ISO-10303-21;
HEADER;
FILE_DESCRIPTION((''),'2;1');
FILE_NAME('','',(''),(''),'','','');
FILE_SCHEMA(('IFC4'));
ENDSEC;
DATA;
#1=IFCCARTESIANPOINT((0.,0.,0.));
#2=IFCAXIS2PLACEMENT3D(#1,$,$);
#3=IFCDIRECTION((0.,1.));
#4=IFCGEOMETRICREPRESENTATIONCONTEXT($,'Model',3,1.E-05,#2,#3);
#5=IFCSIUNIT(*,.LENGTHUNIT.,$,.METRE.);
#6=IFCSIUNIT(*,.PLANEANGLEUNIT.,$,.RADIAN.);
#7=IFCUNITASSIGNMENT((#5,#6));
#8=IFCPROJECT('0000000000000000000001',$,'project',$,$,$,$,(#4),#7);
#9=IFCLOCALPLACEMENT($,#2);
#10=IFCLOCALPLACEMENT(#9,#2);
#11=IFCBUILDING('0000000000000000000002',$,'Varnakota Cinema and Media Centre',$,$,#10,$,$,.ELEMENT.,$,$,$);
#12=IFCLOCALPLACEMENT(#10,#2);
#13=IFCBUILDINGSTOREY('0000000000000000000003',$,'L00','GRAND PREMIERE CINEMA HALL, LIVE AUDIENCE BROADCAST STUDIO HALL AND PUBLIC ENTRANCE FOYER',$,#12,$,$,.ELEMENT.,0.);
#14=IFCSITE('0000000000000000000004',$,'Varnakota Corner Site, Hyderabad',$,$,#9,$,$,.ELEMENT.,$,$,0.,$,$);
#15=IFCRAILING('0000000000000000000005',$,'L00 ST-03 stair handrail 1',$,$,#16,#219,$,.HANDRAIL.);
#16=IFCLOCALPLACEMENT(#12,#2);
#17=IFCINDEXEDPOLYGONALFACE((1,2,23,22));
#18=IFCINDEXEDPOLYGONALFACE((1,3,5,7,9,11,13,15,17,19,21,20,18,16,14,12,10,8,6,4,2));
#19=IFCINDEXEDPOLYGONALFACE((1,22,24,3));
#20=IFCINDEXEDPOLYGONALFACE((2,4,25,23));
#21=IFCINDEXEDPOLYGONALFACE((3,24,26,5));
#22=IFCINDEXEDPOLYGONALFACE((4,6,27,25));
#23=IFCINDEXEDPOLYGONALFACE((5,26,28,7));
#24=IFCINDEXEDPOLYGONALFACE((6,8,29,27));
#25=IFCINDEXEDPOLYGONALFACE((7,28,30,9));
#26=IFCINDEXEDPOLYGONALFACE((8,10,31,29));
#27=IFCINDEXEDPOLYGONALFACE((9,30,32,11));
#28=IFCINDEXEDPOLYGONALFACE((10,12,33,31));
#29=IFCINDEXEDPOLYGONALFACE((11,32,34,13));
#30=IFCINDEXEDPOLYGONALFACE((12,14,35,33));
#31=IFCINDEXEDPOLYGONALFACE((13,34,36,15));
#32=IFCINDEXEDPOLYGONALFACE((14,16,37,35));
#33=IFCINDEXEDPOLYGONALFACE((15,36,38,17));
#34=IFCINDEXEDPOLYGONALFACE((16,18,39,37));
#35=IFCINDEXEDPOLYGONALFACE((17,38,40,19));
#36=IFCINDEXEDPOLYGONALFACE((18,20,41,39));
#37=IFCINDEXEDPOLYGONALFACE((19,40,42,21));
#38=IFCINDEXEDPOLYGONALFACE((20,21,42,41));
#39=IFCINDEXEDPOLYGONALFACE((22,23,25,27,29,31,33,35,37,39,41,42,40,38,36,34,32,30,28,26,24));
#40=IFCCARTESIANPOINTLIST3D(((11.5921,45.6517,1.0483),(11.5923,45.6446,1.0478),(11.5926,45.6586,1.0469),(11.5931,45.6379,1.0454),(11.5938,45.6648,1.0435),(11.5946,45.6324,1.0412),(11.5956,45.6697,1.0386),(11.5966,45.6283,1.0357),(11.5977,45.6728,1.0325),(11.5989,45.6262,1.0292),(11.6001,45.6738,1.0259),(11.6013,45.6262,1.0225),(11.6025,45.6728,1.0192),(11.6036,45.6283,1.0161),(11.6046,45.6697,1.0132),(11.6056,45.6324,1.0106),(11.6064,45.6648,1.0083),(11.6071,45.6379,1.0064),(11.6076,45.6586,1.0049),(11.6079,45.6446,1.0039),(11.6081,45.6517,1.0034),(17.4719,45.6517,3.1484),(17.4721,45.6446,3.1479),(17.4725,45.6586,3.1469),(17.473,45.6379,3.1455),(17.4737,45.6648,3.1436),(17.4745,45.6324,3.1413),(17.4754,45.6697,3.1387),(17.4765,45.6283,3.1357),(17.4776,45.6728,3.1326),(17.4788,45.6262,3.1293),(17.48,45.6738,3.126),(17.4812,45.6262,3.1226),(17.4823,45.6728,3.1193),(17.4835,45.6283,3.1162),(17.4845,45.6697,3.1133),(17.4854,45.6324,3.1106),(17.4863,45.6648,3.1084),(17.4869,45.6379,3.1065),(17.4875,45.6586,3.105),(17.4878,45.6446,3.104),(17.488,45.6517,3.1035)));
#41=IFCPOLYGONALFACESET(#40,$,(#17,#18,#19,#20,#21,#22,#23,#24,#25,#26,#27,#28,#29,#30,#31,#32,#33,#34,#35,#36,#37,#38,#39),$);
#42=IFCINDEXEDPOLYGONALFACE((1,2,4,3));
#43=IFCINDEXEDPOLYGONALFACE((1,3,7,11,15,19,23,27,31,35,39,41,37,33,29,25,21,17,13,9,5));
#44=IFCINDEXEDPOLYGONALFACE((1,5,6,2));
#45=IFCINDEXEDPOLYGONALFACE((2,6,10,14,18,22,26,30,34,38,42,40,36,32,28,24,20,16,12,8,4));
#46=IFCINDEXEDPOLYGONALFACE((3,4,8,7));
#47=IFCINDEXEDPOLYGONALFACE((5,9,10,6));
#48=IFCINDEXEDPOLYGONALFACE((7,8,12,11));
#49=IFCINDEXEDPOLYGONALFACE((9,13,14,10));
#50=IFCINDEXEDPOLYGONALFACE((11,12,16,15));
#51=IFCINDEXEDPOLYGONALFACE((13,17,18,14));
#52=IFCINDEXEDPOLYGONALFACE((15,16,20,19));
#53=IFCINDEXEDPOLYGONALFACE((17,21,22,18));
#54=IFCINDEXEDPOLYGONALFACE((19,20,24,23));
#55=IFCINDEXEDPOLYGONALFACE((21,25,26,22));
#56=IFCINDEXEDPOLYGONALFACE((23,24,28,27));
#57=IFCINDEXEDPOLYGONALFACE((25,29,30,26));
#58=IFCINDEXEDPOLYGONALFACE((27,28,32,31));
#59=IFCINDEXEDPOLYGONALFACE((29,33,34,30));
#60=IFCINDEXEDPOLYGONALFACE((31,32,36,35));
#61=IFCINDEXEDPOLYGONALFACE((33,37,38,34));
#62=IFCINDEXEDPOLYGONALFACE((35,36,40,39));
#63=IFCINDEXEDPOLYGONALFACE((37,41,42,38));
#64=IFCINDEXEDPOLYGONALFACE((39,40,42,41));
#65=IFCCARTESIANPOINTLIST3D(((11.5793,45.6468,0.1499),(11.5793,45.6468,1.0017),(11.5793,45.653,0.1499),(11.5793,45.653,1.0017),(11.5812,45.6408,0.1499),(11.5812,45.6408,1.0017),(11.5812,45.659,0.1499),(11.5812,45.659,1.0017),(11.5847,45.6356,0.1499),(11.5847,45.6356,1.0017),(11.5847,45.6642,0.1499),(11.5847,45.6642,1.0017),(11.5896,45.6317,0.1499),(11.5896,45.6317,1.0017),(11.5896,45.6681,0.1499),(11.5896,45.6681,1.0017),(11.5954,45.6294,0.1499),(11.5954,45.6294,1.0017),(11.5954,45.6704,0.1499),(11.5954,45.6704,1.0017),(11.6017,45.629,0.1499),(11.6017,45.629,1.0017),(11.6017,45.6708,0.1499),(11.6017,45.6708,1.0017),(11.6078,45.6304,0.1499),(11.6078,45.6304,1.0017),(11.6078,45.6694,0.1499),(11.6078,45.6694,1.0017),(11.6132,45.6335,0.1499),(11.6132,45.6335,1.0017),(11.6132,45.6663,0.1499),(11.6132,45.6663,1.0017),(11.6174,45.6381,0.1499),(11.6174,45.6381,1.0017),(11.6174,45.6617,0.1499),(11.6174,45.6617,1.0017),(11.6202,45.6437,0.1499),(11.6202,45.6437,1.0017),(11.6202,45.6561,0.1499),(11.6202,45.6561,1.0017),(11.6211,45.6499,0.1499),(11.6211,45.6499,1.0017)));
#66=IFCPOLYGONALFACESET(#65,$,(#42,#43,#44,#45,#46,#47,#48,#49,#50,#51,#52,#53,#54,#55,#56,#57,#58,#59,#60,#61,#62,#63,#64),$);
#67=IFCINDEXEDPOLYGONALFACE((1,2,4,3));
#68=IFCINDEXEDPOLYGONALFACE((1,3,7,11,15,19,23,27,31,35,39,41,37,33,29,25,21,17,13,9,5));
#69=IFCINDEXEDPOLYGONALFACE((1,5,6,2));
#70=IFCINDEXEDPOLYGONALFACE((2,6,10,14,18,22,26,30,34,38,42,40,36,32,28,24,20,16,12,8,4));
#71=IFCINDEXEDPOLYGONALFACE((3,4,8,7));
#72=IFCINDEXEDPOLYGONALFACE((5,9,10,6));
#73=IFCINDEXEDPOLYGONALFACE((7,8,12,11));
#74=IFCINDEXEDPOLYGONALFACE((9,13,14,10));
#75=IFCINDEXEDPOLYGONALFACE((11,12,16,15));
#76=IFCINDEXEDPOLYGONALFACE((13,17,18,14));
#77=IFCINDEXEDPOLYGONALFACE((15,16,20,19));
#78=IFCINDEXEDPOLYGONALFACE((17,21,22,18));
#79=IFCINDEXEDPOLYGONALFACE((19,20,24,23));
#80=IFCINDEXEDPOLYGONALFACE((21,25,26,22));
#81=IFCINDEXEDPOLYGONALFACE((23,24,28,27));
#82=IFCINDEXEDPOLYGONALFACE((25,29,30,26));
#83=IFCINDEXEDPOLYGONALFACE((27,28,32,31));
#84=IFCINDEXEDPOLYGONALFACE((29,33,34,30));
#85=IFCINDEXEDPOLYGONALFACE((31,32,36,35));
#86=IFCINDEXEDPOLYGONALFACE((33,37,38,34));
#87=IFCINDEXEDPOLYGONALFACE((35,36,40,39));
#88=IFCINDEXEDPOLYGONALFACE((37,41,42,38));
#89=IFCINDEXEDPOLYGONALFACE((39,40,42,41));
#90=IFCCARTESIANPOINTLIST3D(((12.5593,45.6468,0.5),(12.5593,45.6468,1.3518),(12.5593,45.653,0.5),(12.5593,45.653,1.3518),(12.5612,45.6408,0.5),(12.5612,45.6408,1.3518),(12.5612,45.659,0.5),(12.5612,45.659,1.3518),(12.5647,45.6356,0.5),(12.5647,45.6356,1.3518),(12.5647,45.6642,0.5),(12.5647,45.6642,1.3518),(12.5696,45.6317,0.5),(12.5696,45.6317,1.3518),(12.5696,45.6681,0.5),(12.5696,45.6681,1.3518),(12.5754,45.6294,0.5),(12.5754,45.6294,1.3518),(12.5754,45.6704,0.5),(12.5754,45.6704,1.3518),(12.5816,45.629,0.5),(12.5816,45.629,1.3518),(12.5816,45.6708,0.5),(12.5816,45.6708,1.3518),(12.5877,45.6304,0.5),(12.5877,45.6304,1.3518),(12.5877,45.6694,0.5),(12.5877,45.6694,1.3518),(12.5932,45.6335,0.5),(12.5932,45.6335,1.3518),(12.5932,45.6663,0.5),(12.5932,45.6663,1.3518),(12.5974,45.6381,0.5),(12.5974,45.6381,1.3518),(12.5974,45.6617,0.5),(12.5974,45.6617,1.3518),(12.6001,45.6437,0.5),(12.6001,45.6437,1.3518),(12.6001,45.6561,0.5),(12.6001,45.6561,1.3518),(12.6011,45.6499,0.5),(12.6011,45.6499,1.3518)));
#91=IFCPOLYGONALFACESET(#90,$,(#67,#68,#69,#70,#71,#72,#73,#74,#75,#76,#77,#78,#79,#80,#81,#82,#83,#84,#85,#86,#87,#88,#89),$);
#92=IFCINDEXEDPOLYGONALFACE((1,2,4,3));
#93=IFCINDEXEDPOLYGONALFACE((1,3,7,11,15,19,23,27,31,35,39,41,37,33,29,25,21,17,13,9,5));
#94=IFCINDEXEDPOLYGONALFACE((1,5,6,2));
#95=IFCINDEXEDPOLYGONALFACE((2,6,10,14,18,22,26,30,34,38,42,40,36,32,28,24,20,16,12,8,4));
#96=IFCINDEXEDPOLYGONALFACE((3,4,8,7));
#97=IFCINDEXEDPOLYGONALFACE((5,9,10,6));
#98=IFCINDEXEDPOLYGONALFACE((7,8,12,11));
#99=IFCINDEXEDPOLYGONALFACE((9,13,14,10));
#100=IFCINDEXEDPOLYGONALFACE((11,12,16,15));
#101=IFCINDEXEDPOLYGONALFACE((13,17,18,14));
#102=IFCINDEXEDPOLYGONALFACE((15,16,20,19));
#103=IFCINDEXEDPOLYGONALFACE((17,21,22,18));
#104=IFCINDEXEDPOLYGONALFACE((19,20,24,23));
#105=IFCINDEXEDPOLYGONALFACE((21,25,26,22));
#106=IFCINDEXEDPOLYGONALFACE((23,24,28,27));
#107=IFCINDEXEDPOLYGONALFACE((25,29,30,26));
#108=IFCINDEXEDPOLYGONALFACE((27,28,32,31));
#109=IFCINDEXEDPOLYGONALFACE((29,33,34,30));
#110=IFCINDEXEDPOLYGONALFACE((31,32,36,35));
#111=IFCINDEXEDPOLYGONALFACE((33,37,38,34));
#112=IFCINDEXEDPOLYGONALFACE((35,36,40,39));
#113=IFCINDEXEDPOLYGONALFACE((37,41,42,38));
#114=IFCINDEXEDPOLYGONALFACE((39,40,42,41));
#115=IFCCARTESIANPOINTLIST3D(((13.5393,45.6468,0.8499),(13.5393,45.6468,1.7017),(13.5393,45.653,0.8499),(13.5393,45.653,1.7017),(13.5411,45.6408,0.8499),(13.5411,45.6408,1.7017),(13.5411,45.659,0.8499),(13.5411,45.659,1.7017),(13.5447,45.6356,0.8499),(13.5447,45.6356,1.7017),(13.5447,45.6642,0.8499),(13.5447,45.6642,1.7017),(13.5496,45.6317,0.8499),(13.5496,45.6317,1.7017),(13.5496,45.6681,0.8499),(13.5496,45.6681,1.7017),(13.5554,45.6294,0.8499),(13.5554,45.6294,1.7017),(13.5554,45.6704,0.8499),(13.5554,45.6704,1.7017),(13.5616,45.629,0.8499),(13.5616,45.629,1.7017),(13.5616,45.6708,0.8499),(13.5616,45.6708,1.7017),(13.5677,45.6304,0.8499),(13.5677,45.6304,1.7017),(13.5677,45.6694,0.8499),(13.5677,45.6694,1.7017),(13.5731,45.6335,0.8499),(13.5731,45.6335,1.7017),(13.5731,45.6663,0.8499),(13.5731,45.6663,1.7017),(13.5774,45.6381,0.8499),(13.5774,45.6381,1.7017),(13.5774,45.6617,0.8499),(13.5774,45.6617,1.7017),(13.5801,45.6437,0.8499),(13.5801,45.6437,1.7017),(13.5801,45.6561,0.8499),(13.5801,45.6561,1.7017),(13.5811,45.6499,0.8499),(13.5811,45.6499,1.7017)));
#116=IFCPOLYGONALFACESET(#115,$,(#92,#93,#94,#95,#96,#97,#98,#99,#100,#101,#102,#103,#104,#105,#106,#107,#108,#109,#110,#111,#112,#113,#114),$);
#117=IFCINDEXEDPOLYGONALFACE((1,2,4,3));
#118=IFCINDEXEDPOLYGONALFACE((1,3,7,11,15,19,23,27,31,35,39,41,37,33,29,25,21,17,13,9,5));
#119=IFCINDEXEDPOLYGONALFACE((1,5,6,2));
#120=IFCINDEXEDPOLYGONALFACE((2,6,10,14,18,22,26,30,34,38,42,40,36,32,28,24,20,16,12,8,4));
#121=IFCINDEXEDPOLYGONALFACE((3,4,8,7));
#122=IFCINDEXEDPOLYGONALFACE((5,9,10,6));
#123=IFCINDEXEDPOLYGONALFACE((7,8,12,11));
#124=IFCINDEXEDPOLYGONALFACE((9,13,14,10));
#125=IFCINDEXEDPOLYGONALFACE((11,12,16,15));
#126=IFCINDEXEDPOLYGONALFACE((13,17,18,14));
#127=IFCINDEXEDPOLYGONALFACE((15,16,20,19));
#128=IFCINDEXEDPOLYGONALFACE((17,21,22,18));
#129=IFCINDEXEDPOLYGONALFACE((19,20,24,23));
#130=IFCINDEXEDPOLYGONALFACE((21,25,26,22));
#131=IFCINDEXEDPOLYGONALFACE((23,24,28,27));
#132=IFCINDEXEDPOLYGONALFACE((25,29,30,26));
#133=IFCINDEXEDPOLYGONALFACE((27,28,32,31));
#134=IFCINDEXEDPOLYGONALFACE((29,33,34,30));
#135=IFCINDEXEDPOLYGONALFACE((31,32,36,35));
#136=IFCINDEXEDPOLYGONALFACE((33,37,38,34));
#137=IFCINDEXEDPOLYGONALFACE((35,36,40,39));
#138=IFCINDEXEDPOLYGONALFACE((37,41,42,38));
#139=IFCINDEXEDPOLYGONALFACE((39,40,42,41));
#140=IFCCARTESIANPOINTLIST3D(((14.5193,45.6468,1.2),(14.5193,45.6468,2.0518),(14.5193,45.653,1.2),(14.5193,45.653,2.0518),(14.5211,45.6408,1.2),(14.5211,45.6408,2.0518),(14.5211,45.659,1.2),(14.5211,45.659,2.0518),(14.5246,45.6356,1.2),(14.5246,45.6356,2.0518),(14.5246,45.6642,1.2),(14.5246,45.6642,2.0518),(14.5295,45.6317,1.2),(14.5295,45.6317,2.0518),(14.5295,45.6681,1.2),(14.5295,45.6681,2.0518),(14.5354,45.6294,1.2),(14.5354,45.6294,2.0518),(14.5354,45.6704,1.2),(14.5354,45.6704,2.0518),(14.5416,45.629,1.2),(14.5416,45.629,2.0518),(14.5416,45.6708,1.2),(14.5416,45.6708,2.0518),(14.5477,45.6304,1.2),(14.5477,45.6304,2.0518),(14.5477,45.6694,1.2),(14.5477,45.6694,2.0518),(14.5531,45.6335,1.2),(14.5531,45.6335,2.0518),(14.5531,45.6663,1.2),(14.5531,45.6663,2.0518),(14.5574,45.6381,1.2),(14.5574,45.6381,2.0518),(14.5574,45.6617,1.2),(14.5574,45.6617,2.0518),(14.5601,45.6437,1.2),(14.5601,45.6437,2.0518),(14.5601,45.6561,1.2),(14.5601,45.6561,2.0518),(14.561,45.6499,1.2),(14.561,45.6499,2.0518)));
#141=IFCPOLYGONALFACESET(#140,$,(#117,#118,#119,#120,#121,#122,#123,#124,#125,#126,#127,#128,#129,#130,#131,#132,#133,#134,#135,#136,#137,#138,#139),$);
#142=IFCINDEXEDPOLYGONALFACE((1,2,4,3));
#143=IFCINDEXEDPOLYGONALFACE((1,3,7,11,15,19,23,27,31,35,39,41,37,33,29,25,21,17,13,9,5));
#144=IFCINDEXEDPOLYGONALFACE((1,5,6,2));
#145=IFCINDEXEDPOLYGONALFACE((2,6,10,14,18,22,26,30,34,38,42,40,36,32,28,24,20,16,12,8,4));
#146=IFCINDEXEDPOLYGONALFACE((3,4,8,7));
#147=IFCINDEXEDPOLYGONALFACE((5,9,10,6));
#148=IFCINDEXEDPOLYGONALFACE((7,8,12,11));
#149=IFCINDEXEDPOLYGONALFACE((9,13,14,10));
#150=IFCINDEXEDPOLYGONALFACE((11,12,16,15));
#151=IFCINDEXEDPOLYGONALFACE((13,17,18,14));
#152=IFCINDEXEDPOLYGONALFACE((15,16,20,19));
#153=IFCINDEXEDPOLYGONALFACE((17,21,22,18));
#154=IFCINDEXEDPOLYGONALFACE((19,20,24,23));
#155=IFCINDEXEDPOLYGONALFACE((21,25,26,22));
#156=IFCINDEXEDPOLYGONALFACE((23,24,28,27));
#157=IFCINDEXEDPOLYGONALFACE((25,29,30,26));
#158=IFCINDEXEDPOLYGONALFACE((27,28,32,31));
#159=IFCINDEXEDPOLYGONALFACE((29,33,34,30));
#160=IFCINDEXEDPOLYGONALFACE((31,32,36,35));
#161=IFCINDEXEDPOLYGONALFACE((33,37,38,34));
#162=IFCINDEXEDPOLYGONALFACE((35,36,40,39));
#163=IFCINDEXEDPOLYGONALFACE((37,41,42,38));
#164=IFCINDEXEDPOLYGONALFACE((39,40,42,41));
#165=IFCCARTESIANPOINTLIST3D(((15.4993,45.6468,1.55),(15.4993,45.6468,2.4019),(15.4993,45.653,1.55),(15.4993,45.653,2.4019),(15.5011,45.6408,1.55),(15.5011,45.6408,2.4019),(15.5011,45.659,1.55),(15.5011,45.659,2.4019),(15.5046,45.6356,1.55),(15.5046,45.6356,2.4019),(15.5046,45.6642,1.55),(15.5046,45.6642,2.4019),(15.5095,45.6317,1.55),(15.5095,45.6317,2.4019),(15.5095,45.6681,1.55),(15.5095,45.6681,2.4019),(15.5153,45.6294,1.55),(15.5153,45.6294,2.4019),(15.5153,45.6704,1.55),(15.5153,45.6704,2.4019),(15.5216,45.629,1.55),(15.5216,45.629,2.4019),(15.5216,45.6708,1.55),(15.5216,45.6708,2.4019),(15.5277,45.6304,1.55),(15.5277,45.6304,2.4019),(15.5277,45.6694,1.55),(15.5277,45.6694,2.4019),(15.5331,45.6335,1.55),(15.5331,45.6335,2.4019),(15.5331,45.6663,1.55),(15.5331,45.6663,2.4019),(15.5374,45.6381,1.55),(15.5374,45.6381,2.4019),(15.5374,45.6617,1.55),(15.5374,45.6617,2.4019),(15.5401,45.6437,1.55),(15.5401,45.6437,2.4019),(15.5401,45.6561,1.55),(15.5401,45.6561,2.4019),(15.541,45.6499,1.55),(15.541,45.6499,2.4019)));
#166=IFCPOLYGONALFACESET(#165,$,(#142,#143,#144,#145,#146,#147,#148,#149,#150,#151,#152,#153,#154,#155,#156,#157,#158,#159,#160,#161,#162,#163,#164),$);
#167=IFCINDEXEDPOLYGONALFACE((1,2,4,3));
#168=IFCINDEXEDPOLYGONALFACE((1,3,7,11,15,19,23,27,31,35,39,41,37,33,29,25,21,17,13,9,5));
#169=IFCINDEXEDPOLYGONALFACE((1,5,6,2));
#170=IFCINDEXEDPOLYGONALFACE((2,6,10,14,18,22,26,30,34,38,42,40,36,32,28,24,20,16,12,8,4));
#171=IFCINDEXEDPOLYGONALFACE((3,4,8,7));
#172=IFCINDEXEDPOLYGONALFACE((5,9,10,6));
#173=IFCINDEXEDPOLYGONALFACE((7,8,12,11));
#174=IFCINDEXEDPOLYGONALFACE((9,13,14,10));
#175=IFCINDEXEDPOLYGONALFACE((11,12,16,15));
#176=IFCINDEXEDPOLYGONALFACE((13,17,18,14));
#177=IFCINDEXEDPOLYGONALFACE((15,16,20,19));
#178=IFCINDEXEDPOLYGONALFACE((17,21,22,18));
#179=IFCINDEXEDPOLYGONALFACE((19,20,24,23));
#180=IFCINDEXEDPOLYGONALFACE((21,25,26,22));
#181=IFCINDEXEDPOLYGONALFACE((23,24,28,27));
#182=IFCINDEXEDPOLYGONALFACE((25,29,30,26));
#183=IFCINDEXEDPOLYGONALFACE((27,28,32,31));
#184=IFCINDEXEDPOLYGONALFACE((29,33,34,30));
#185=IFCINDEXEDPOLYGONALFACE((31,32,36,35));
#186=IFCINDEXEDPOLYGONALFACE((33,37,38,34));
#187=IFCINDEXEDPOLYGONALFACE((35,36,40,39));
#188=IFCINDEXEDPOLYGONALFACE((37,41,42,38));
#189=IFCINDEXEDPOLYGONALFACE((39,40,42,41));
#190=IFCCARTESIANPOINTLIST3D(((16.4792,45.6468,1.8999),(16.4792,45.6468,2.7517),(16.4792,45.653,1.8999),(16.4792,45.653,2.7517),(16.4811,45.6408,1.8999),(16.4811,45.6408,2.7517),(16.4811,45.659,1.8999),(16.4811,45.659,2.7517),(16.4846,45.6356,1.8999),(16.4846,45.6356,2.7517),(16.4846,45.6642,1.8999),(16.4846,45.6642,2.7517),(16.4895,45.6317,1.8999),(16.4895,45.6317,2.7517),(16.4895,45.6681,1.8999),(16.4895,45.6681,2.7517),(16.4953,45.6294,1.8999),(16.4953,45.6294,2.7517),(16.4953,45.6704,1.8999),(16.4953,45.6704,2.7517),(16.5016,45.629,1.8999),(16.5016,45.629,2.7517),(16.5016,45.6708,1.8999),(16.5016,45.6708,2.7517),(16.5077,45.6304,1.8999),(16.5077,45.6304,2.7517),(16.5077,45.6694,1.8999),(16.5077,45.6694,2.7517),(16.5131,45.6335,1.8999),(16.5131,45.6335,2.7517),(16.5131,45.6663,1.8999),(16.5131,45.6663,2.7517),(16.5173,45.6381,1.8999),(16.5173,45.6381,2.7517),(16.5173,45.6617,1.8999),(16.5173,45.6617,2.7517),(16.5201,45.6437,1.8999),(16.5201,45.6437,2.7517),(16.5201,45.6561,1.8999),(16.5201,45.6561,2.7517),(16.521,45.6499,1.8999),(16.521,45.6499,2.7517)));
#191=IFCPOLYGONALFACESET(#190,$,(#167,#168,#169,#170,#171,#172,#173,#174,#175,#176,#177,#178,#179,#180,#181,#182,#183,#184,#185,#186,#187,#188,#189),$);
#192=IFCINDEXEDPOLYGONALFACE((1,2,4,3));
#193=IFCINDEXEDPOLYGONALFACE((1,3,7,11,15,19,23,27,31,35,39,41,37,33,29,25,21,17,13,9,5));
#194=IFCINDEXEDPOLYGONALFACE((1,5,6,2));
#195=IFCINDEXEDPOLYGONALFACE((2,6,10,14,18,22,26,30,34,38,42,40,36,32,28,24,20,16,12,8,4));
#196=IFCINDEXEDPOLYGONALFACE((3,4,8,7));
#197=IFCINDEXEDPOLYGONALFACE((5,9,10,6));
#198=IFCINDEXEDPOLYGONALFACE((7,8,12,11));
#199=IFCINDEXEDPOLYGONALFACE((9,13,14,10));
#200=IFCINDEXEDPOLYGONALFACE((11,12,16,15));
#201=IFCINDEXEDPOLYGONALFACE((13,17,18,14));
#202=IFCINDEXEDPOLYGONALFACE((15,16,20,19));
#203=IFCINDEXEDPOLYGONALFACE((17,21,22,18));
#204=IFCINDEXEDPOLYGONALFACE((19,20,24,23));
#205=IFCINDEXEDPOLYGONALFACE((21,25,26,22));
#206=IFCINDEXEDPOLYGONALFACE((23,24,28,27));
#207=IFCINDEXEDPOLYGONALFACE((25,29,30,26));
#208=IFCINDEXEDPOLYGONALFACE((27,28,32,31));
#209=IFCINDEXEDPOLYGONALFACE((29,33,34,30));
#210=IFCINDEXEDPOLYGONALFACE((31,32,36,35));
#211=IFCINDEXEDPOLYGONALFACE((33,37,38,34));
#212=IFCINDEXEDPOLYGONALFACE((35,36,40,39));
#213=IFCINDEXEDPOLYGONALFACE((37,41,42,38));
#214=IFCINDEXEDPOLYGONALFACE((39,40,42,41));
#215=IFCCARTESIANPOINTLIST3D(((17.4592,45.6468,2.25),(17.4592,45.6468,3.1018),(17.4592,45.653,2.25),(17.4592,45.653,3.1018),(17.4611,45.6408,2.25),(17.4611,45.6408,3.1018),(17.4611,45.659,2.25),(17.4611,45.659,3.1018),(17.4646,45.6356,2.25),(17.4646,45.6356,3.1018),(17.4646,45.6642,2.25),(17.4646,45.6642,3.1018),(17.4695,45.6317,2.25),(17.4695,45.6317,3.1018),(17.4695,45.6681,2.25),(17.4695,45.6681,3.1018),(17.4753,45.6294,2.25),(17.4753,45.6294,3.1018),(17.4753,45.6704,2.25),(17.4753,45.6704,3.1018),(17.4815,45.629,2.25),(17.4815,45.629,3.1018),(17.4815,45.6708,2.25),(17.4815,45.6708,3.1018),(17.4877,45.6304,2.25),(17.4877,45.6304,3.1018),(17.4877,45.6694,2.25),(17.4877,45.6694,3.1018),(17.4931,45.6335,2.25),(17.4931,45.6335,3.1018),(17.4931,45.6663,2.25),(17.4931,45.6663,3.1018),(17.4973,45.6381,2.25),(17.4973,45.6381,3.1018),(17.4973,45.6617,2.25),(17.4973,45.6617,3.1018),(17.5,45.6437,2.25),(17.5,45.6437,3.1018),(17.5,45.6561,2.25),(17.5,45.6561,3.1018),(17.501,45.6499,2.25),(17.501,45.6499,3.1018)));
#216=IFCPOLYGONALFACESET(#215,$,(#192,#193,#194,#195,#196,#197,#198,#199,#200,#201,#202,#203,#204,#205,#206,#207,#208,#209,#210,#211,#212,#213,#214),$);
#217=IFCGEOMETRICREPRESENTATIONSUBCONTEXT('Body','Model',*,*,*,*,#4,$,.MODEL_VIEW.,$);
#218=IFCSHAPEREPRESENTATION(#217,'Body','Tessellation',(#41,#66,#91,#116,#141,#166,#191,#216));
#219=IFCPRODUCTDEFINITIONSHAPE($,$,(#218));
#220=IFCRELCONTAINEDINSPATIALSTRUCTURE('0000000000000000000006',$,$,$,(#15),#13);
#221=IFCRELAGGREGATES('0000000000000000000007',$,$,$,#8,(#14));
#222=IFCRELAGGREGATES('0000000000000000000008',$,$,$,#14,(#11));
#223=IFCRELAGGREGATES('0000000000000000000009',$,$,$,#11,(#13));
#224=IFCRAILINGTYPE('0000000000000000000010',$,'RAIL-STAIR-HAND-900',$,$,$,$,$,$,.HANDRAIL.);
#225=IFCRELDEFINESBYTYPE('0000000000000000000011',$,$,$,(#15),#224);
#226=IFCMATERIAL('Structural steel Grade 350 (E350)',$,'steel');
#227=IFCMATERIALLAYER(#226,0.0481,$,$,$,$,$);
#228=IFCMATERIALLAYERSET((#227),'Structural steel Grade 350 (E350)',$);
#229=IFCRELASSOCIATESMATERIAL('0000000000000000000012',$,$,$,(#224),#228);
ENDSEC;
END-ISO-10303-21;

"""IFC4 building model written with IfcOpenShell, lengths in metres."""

from ifc_helpers import new_model, si_unit, direction, frame, origin, origin_2d, place, context, subcontext, project, spatial, circle, extrude, material, layer, layer_set, type_object, element, save


model = new_model("IFC4")

# Units and contexts
model_context = context("Model", 3, precision=1e-05, world=origin(), true_north=direction((0.0, 1.0)))
body_context = subcontext(model_context, "Body", "Model", "MODEL_VIEW")
ifc_project = project(units=[si_unit("LENGTHUNIT", "METRE"), si_unit("PLANEANGLEUNIT", "RADIAN")], contexts=[model_context])

# Site, building, storey
site_placement = place(None, origin())
site = spatial("IfcSite", under=ifc_project, at=site_placement, Name="Varnakota Corner Site, Hyderabad", CompositionType="ELEMENT", RefElevation=0.0)
building_placement = place(site_placement, origin())
building = spatial("IfcBuilding", under=site, at=building_placement, Name="Varnakota Cinema and Media Centre", CompositionType="ELEMENT")
storey_placement = place(building_placement, origin())
storey = spatial("IfcBuildingStorey", under=building, at=storey_placement, Name="L00", Description="GRAND PREMIERE CINEMA HALL, LIVE AUDIENCE BROADCAST STUDIO HALL AND PUBLIC ENTRANCE FOYER", CompositionType="ELEMENT", Elevation=0.0)

# Railing
ifc_material_1 = material(Name="Structural steel Grade 350 (E350)", Category="steel")
ifc_layer_1 = layer(ifc_material_1, 0.0481)
ifc_layer_set_1 = layer_set([ifc_layer_1], Name="Structural steel Grade 350 (E350)")
railing_type_1 = type_object("IfcRailingType", Name="RAIL-STAIR-HAND-900", PredefinedType="HANDRAIL", material=ifc_layer_set_1)
railing_1_placement = place(storey_placement, frame((11.6001, 45.6499, 0.1499)))
element("IfcRailing", 1, at=railing_1_placement, inside=storey, type_object=railing_type_1, Name="L00 ST-03 stair handrail 1", PredefinedType="HANDRAIL", context=body_context, shape_type="SweptSolid", body=[
    extrude(circle(Radius=0.0239, at=origin_2d()), frame((0.0, 0.0, 0.876), z_axis=(0.941735, 0.0, 0.336356), x_axis=(0.0, 1.0, 0.0)), (0.0, 0.0, 1.0), 6.2437),
    extrude(circle(Radius=0.021, at=origin_2d()), origin(), (0.0, 0.0, 1.0), 0.8518),
    extrude(circle(Radius=0.021, at=origin_2d()), frame((0.98, 0.0, 0.3501)), (0.0, 0.0, 1.0), 0.8518),
    extrude(circle(Radius=0.021, at=origin_2d()), frame((1.96, 0.0, 0.7)), (0.0, 0.0, 1.0), 0.8518),
    extrude(circle(Radius=0.021, at=origin_2d()), frame((2.9399, 0.0, 1.05)), (0.0, 0.0, 1.0), 0.8518),
    extrude(circle(Radius=0.021, at=origin_2d()), frame((3.9199, 0.0, 1.4001)), (0.0, 0.0, 1.0), 0.8518),
    extrude(circle(Radius=0.021, at=origin_2d()), frame((4.8999, 0.0, 1.75)), (0.0, 0.0, 1.0), 0.8518),
    extrude(circle(Radius=0.021, at=origin_2d()), frame((5.8799, 0.0, 2.1001)), (0.0, 0.0, 1.0), 0.8518),
])

save(model, "model.ifc")
